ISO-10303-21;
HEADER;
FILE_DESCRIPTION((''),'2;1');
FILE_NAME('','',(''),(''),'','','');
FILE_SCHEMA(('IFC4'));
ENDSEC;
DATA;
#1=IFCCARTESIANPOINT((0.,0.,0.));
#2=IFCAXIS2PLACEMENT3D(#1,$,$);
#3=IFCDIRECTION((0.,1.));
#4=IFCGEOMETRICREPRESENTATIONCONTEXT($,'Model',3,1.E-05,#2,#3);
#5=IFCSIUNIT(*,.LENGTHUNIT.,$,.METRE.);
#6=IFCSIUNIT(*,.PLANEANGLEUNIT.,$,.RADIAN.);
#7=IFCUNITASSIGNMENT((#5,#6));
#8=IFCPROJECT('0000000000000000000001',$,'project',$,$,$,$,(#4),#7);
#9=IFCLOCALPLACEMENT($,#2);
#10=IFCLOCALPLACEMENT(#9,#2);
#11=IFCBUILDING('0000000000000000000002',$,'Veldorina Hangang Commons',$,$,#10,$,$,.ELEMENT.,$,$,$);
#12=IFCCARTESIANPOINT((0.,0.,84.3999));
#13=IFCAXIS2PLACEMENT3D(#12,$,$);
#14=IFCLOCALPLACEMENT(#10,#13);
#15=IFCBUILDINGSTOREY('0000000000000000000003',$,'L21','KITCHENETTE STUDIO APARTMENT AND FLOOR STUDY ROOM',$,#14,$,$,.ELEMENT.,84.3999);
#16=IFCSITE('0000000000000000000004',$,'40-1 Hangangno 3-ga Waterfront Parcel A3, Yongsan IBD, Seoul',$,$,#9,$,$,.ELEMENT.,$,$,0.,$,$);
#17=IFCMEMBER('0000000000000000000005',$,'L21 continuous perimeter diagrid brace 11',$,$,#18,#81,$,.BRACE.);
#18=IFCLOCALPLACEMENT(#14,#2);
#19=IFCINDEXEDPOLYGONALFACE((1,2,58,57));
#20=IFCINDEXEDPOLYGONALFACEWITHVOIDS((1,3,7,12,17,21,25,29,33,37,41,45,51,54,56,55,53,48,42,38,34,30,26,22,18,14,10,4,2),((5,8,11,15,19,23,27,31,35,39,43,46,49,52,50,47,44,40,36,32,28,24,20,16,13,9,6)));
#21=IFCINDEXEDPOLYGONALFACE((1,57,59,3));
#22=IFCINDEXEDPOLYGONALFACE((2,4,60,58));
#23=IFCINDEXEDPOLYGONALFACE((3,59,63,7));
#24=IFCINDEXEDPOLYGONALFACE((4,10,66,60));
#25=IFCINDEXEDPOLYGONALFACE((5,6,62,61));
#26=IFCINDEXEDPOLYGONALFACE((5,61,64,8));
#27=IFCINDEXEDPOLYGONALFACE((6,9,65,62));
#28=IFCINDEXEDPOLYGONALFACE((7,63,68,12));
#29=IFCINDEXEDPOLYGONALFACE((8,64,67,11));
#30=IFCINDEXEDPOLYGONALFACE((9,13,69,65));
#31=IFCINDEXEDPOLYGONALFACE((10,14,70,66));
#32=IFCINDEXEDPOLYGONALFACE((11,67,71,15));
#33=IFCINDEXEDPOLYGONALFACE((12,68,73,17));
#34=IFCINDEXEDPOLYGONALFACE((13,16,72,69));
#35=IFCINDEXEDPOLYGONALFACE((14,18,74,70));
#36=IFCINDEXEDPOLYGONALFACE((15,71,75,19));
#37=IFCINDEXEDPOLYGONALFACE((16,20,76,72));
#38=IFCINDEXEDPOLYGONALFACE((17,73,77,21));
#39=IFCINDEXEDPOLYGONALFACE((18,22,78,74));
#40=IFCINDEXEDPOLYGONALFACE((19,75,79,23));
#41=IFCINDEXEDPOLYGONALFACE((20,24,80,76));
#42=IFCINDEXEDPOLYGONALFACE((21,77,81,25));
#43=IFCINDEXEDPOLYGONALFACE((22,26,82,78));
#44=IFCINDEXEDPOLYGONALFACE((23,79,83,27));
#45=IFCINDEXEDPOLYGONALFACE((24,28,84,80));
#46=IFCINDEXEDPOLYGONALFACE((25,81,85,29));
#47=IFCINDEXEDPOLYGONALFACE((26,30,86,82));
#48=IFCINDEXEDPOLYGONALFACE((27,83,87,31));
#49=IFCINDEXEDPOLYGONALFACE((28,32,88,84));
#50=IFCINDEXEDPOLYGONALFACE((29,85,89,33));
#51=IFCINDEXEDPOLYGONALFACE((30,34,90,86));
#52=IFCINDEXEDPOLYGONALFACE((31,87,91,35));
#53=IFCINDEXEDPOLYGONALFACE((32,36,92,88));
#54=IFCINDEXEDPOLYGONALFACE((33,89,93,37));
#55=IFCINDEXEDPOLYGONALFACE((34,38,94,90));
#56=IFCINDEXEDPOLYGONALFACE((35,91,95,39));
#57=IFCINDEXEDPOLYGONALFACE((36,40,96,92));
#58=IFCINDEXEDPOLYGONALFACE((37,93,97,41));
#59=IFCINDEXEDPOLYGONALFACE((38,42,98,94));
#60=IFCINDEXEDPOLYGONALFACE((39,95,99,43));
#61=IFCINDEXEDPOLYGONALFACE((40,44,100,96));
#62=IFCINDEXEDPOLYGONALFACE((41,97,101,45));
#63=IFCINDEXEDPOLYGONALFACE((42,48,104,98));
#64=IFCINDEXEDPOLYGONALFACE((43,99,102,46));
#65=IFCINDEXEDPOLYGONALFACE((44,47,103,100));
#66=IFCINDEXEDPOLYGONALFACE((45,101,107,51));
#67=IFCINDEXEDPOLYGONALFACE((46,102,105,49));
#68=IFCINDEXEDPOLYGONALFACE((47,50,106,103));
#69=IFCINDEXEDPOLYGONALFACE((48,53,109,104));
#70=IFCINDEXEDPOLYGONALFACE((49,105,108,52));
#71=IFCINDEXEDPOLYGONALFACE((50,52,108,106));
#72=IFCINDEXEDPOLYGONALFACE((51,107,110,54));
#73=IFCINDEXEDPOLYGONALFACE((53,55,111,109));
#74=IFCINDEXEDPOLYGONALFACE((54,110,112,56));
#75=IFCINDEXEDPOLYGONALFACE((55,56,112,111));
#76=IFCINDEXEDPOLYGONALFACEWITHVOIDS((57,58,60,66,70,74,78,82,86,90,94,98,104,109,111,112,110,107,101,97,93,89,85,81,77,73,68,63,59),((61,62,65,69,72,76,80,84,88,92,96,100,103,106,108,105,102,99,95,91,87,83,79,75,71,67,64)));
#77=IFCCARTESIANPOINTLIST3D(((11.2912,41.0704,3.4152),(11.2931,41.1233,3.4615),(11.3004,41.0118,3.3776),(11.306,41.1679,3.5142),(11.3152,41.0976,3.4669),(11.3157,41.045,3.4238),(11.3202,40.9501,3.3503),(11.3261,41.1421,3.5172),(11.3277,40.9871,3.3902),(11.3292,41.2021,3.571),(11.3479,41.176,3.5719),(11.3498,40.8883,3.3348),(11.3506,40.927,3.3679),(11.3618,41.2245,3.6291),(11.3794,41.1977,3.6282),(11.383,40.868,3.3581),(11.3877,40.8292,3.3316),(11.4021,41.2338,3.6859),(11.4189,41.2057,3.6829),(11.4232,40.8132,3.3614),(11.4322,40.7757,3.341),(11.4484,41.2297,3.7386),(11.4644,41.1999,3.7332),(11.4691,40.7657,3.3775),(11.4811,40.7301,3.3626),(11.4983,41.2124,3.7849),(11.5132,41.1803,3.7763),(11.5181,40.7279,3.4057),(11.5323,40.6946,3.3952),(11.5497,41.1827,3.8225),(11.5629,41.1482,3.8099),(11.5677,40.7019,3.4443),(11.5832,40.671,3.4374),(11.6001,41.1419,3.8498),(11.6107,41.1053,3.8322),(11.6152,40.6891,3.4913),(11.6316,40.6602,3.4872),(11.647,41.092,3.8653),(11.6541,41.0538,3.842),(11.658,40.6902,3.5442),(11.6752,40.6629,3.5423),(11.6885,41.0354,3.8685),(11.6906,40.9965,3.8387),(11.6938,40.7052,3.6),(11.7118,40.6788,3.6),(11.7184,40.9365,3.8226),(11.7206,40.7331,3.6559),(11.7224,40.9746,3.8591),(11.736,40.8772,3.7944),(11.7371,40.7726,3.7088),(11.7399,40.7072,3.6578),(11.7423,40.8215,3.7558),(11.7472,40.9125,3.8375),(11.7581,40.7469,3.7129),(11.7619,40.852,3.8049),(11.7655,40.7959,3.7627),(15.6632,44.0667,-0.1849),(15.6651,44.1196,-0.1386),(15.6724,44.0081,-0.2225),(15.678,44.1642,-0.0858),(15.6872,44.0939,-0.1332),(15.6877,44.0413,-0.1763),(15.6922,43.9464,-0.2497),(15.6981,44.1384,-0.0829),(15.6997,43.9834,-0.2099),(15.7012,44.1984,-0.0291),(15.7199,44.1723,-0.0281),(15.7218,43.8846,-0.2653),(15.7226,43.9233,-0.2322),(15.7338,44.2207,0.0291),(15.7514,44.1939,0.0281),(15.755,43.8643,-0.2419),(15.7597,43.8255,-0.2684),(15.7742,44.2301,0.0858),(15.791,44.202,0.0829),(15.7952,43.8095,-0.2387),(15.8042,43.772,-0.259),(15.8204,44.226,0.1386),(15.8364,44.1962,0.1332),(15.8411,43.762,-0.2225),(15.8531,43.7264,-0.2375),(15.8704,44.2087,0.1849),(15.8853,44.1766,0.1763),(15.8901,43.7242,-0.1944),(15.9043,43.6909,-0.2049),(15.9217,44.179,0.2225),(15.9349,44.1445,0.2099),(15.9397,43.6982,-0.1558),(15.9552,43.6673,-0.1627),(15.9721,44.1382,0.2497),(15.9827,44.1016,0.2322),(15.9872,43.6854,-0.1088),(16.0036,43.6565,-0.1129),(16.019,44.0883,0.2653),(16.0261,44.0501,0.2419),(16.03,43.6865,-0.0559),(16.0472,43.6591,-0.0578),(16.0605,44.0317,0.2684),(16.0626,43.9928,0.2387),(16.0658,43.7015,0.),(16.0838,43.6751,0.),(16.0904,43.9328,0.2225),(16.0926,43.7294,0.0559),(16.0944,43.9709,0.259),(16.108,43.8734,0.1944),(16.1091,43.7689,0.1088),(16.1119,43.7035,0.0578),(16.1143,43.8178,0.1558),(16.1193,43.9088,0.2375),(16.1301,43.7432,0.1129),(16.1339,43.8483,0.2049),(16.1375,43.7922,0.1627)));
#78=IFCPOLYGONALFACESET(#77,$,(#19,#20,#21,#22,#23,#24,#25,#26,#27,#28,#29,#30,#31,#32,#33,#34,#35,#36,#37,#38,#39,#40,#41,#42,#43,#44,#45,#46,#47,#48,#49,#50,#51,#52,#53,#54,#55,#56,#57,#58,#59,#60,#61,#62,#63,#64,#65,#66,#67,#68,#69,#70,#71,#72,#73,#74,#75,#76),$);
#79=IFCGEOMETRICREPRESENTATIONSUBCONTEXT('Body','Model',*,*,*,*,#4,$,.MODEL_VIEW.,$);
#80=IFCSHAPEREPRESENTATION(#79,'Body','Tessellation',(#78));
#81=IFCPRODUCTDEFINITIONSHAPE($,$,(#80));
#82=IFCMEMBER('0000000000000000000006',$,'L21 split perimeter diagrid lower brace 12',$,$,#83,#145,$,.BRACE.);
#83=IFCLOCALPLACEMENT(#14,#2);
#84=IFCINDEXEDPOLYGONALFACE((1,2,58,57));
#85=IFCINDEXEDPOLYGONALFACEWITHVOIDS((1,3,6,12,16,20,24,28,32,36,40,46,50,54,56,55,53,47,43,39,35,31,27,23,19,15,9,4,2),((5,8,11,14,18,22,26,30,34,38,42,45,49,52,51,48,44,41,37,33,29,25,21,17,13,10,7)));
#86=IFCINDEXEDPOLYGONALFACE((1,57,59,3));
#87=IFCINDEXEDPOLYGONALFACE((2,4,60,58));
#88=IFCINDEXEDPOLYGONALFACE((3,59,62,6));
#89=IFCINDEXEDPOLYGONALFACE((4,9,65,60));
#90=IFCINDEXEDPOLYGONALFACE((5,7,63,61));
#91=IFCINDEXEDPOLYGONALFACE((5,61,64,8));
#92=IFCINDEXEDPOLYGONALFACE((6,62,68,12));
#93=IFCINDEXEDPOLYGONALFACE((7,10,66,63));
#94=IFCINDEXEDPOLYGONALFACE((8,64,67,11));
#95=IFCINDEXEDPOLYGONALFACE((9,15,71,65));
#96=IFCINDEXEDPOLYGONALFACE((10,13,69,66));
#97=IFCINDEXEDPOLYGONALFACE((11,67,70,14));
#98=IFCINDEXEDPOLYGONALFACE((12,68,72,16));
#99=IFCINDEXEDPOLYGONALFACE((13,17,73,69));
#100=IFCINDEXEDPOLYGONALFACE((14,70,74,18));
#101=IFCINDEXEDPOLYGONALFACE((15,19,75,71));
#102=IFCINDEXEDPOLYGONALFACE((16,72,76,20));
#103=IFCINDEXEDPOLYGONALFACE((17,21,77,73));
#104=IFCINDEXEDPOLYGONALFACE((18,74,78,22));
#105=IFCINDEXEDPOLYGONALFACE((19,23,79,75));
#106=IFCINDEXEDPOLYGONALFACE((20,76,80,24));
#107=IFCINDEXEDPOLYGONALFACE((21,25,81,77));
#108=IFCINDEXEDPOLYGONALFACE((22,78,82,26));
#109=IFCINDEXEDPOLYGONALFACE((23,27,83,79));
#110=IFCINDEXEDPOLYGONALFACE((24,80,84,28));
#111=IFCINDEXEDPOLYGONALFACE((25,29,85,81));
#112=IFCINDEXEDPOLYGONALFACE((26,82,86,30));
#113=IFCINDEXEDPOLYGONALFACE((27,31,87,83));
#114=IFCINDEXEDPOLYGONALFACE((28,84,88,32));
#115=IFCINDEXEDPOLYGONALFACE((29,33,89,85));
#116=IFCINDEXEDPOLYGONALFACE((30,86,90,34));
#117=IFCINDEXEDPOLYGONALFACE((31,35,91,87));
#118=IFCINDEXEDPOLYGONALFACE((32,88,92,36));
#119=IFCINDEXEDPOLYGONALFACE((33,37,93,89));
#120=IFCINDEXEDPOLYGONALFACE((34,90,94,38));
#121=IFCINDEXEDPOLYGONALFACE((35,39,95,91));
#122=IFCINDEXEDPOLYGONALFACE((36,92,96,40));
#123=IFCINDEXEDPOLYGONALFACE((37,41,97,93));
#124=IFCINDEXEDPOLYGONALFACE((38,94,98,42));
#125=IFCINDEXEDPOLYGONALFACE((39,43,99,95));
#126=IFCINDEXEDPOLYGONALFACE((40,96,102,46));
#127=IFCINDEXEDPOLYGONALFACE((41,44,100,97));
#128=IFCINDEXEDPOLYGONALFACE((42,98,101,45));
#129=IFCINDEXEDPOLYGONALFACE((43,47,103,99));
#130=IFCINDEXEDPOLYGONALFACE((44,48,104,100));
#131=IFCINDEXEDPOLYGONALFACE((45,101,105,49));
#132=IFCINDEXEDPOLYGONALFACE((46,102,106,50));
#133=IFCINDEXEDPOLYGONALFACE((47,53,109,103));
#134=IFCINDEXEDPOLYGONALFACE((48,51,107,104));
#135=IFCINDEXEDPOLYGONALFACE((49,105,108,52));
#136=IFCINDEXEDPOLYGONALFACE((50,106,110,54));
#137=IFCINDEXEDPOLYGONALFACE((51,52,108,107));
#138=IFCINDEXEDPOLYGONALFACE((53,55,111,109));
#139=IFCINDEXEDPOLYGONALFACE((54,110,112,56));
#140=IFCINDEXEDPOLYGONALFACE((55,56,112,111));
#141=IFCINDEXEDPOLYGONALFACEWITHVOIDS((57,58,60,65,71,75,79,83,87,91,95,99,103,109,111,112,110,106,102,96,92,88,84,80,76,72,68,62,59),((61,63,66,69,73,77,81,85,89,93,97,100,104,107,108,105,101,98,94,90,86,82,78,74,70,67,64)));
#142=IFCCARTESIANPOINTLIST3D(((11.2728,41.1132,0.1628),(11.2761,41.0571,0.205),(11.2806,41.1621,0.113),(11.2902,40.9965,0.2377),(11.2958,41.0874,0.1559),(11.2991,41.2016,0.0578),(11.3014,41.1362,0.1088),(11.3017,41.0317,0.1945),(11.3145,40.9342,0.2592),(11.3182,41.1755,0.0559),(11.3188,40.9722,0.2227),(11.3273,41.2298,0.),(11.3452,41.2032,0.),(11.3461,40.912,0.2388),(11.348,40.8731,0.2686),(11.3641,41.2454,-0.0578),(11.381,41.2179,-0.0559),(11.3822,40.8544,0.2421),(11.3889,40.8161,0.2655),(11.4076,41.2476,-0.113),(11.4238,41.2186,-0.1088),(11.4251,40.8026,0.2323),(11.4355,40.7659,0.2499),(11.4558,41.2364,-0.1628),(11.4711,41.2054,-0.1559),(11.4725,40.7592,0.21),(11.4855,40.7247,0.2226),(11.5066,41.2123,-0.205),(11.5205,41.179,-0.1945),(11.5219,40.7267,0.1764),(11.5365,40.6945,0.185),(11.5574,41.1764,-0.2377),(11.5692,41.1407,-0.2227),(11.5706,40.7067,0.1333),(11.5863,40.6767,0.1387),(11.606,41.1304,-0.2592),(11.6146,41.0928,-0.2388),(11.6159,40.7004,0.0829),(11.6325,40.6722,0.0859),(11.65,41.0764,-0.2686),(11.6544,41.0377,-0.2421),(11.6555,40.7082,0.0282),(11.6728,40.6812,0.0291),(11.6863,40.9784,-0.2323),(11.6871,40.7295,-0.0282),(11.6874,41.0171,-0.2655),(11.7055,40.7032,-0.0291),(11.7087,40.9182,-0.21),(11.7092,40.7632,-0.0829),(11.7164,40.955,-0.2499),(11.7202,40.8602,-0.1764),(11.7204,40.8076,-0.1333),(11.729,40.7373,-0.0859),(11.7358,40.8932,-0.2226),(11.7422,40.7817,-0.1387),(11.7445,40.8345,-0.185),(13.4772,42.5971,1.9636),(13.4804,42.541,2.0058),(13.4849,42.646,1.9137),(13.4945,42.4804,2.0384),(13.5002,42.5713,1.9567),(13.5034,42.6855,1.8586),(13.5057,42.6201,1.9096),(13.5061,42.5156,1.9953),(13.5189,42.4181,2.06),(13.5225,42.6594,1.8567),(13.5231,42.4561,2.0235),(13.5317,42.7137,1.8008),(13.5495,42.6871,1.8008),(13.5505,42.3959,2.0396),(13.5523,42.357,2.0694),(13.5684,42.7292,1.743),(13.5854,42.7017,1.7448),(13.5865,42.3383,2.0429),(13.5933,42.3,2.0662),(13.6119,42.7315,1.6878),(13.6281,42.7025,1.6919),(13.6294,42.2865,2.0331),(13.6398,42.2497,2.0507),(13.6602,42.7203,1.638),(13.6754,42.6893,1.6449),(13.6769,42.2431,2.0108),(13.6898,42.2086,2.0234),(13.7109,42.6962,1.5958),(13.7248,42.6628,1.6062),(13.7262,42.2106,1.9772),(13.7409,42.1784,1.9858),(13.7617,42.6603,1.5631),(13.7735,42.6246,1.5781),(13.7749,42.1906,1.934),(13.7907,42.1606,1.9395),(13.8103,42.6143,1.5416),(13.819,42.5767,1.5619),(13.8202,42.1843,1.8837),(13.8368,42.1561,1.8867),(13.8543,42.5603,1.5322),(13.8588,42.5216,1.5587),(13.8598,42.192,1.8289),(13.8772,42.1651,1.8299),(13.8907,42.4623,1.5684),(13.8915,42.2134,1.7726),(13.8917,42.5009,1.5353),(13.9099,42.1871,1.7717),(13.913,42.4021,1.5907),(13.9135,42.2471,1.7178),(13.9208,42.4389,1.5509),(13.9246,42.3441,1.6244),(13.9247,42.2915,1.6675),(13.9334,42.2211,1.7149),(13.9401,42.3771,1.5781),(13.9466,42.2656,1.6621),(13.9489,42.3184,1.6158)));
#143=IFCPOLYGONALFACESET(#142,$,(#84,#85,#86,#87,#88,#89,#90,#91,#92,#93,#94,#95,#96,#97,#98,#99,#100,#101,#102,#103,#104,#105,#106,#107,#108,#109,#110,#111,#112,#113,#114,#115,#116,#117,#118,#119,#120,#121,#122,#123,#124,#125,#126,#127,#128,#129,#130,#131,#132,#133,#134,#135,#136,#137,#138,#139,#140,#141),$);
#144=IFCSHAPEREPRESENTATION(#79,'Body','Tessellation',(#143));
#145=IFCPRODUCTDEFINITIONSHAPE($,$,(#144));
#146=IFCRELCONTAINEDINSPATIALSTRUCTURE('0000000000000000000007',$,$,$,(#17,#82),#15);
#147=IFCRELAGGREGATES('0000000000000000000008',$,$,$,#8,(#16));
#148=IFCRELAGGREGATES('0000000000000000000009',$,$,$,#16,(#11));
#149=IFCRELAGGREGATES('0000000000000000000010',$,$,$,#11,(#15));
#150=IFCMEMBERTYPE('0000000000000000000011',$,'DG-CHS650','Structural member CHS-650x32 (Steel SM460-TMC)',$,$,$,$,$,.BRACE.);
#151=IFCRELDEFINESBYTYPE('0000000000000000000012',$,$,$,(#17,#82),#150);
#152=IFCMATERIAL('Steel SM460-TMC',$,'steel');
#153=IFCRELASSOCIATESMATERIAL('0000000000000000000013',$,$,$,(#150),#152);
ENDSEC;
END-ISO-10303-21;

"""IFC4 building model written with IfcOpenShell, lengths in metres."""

from ifc_helpers import new_model, si_unit, direction, frame, origin, origin_2d, place, context, subcontext, project, spatial, hollow_circle, extrude, material, material_profile, profile_set, type_object, element, save


model = new_model("IFC4")

# Units and contexts
model_context = context("Model", 3, precision=1e-05, world=origin(), true_north=direction((0.0, 1.0)))
body_context = subcontext(model_context, "Body", "Model", "MODEL_VIEW")
ifc_project = project(units=[si_unit("LENGTHUNIT", "METRE"), si_unit("PLANEANGLEUNIT", "RADIAN")], contexts=[model_context])

# Site, building, storey
site_placement = place(None, origin())
site = spatial("IfcSite", under=ifc_project, at=site_placement, Name="40-1 Hangangno 3-ga Waterfront Parcel A3, Yongsan IBD, Seoul", CompositionType="ELEMENT", RefElevation=0.0)
building_placement = place(site_placement, origin())
building = spatial("IfcBuilding", under=site, at=building_placement, Name="Veldorina Hangang Commons", CompositionType="ELEMENT")
storey_placement = place(building_placement, frame((0.0, 0.0, 84.3999)))
storey = spatial("IfcBuildingStorey", under=building, at=storey_placement, Name="L21", Description="KITCHENETTE STUDIO APARTMENT AND FLOOR STUDY ROOM", CompositionType="ELEMENT", Elevation=84.3999)

# Members
ifc_material_1 = material(Name="Steel SM460-TMC", Category="steel")
ifc_material_profile_1 = material_profile(ifc_material_1, hollow_circle(Radius=0.325, WallThickness=0.032, at=origin_2d()), Name="CHS-650x32")
ifc_profile_set_1 = profile_set([ifc_material_profile_1], Name="Steel SM460-TMC")
member_type = type_object("IfcMemberType", Name="DG-CHS650", Description="Structural member CHS-650x32 (Steel SM460-TMC)", PredefinedType="BRACE", material=ifc_profile_set_1)
member_1_placement = place(storey_placement, frame((15.9001, 43.9431, 0.0), z_axis=(-0.682356, -0.467643, 0.561873), x_axis=(0.565316, -0.824874, 0.0)))
element("IfcMember", 1, at=member_1_placement, inside=storey, type_object=member_type, Name="L21 continuous perimeter diagrid brace 11", PredefinedType="BRACE", context=body_context, shape_type="SweptSolid", body=[
    extrude(hollow_circle(Radius=0.325, WallThickness=0.032, at=origin_2d()), origin(), (0.0, 0.0, 1.0), 6.4072),
])
member_2_placement = place(storey_placement, frame((11.5088, 40.9602, 0.0), z_axis=(0.68672, 0.462275, 0.560997), x_axis=(-0.558426, 0.829554, 0.0)))
element("IfcMember", 2, at=member_2_placement, inside=storey, type_object=member_type, Name="L21 split perimeter diagrid lower brace 12", PredefinedType="BRACE", context=body_context, shape_type="SweptSolid", body=[
    extrude(hollow_circle(Radius=0.325, WallThickness=0.032, at=origin_2d()), origin(), (0.0, 0.0, 1.0), 3.21),
])

save(model, "model.ifc")
